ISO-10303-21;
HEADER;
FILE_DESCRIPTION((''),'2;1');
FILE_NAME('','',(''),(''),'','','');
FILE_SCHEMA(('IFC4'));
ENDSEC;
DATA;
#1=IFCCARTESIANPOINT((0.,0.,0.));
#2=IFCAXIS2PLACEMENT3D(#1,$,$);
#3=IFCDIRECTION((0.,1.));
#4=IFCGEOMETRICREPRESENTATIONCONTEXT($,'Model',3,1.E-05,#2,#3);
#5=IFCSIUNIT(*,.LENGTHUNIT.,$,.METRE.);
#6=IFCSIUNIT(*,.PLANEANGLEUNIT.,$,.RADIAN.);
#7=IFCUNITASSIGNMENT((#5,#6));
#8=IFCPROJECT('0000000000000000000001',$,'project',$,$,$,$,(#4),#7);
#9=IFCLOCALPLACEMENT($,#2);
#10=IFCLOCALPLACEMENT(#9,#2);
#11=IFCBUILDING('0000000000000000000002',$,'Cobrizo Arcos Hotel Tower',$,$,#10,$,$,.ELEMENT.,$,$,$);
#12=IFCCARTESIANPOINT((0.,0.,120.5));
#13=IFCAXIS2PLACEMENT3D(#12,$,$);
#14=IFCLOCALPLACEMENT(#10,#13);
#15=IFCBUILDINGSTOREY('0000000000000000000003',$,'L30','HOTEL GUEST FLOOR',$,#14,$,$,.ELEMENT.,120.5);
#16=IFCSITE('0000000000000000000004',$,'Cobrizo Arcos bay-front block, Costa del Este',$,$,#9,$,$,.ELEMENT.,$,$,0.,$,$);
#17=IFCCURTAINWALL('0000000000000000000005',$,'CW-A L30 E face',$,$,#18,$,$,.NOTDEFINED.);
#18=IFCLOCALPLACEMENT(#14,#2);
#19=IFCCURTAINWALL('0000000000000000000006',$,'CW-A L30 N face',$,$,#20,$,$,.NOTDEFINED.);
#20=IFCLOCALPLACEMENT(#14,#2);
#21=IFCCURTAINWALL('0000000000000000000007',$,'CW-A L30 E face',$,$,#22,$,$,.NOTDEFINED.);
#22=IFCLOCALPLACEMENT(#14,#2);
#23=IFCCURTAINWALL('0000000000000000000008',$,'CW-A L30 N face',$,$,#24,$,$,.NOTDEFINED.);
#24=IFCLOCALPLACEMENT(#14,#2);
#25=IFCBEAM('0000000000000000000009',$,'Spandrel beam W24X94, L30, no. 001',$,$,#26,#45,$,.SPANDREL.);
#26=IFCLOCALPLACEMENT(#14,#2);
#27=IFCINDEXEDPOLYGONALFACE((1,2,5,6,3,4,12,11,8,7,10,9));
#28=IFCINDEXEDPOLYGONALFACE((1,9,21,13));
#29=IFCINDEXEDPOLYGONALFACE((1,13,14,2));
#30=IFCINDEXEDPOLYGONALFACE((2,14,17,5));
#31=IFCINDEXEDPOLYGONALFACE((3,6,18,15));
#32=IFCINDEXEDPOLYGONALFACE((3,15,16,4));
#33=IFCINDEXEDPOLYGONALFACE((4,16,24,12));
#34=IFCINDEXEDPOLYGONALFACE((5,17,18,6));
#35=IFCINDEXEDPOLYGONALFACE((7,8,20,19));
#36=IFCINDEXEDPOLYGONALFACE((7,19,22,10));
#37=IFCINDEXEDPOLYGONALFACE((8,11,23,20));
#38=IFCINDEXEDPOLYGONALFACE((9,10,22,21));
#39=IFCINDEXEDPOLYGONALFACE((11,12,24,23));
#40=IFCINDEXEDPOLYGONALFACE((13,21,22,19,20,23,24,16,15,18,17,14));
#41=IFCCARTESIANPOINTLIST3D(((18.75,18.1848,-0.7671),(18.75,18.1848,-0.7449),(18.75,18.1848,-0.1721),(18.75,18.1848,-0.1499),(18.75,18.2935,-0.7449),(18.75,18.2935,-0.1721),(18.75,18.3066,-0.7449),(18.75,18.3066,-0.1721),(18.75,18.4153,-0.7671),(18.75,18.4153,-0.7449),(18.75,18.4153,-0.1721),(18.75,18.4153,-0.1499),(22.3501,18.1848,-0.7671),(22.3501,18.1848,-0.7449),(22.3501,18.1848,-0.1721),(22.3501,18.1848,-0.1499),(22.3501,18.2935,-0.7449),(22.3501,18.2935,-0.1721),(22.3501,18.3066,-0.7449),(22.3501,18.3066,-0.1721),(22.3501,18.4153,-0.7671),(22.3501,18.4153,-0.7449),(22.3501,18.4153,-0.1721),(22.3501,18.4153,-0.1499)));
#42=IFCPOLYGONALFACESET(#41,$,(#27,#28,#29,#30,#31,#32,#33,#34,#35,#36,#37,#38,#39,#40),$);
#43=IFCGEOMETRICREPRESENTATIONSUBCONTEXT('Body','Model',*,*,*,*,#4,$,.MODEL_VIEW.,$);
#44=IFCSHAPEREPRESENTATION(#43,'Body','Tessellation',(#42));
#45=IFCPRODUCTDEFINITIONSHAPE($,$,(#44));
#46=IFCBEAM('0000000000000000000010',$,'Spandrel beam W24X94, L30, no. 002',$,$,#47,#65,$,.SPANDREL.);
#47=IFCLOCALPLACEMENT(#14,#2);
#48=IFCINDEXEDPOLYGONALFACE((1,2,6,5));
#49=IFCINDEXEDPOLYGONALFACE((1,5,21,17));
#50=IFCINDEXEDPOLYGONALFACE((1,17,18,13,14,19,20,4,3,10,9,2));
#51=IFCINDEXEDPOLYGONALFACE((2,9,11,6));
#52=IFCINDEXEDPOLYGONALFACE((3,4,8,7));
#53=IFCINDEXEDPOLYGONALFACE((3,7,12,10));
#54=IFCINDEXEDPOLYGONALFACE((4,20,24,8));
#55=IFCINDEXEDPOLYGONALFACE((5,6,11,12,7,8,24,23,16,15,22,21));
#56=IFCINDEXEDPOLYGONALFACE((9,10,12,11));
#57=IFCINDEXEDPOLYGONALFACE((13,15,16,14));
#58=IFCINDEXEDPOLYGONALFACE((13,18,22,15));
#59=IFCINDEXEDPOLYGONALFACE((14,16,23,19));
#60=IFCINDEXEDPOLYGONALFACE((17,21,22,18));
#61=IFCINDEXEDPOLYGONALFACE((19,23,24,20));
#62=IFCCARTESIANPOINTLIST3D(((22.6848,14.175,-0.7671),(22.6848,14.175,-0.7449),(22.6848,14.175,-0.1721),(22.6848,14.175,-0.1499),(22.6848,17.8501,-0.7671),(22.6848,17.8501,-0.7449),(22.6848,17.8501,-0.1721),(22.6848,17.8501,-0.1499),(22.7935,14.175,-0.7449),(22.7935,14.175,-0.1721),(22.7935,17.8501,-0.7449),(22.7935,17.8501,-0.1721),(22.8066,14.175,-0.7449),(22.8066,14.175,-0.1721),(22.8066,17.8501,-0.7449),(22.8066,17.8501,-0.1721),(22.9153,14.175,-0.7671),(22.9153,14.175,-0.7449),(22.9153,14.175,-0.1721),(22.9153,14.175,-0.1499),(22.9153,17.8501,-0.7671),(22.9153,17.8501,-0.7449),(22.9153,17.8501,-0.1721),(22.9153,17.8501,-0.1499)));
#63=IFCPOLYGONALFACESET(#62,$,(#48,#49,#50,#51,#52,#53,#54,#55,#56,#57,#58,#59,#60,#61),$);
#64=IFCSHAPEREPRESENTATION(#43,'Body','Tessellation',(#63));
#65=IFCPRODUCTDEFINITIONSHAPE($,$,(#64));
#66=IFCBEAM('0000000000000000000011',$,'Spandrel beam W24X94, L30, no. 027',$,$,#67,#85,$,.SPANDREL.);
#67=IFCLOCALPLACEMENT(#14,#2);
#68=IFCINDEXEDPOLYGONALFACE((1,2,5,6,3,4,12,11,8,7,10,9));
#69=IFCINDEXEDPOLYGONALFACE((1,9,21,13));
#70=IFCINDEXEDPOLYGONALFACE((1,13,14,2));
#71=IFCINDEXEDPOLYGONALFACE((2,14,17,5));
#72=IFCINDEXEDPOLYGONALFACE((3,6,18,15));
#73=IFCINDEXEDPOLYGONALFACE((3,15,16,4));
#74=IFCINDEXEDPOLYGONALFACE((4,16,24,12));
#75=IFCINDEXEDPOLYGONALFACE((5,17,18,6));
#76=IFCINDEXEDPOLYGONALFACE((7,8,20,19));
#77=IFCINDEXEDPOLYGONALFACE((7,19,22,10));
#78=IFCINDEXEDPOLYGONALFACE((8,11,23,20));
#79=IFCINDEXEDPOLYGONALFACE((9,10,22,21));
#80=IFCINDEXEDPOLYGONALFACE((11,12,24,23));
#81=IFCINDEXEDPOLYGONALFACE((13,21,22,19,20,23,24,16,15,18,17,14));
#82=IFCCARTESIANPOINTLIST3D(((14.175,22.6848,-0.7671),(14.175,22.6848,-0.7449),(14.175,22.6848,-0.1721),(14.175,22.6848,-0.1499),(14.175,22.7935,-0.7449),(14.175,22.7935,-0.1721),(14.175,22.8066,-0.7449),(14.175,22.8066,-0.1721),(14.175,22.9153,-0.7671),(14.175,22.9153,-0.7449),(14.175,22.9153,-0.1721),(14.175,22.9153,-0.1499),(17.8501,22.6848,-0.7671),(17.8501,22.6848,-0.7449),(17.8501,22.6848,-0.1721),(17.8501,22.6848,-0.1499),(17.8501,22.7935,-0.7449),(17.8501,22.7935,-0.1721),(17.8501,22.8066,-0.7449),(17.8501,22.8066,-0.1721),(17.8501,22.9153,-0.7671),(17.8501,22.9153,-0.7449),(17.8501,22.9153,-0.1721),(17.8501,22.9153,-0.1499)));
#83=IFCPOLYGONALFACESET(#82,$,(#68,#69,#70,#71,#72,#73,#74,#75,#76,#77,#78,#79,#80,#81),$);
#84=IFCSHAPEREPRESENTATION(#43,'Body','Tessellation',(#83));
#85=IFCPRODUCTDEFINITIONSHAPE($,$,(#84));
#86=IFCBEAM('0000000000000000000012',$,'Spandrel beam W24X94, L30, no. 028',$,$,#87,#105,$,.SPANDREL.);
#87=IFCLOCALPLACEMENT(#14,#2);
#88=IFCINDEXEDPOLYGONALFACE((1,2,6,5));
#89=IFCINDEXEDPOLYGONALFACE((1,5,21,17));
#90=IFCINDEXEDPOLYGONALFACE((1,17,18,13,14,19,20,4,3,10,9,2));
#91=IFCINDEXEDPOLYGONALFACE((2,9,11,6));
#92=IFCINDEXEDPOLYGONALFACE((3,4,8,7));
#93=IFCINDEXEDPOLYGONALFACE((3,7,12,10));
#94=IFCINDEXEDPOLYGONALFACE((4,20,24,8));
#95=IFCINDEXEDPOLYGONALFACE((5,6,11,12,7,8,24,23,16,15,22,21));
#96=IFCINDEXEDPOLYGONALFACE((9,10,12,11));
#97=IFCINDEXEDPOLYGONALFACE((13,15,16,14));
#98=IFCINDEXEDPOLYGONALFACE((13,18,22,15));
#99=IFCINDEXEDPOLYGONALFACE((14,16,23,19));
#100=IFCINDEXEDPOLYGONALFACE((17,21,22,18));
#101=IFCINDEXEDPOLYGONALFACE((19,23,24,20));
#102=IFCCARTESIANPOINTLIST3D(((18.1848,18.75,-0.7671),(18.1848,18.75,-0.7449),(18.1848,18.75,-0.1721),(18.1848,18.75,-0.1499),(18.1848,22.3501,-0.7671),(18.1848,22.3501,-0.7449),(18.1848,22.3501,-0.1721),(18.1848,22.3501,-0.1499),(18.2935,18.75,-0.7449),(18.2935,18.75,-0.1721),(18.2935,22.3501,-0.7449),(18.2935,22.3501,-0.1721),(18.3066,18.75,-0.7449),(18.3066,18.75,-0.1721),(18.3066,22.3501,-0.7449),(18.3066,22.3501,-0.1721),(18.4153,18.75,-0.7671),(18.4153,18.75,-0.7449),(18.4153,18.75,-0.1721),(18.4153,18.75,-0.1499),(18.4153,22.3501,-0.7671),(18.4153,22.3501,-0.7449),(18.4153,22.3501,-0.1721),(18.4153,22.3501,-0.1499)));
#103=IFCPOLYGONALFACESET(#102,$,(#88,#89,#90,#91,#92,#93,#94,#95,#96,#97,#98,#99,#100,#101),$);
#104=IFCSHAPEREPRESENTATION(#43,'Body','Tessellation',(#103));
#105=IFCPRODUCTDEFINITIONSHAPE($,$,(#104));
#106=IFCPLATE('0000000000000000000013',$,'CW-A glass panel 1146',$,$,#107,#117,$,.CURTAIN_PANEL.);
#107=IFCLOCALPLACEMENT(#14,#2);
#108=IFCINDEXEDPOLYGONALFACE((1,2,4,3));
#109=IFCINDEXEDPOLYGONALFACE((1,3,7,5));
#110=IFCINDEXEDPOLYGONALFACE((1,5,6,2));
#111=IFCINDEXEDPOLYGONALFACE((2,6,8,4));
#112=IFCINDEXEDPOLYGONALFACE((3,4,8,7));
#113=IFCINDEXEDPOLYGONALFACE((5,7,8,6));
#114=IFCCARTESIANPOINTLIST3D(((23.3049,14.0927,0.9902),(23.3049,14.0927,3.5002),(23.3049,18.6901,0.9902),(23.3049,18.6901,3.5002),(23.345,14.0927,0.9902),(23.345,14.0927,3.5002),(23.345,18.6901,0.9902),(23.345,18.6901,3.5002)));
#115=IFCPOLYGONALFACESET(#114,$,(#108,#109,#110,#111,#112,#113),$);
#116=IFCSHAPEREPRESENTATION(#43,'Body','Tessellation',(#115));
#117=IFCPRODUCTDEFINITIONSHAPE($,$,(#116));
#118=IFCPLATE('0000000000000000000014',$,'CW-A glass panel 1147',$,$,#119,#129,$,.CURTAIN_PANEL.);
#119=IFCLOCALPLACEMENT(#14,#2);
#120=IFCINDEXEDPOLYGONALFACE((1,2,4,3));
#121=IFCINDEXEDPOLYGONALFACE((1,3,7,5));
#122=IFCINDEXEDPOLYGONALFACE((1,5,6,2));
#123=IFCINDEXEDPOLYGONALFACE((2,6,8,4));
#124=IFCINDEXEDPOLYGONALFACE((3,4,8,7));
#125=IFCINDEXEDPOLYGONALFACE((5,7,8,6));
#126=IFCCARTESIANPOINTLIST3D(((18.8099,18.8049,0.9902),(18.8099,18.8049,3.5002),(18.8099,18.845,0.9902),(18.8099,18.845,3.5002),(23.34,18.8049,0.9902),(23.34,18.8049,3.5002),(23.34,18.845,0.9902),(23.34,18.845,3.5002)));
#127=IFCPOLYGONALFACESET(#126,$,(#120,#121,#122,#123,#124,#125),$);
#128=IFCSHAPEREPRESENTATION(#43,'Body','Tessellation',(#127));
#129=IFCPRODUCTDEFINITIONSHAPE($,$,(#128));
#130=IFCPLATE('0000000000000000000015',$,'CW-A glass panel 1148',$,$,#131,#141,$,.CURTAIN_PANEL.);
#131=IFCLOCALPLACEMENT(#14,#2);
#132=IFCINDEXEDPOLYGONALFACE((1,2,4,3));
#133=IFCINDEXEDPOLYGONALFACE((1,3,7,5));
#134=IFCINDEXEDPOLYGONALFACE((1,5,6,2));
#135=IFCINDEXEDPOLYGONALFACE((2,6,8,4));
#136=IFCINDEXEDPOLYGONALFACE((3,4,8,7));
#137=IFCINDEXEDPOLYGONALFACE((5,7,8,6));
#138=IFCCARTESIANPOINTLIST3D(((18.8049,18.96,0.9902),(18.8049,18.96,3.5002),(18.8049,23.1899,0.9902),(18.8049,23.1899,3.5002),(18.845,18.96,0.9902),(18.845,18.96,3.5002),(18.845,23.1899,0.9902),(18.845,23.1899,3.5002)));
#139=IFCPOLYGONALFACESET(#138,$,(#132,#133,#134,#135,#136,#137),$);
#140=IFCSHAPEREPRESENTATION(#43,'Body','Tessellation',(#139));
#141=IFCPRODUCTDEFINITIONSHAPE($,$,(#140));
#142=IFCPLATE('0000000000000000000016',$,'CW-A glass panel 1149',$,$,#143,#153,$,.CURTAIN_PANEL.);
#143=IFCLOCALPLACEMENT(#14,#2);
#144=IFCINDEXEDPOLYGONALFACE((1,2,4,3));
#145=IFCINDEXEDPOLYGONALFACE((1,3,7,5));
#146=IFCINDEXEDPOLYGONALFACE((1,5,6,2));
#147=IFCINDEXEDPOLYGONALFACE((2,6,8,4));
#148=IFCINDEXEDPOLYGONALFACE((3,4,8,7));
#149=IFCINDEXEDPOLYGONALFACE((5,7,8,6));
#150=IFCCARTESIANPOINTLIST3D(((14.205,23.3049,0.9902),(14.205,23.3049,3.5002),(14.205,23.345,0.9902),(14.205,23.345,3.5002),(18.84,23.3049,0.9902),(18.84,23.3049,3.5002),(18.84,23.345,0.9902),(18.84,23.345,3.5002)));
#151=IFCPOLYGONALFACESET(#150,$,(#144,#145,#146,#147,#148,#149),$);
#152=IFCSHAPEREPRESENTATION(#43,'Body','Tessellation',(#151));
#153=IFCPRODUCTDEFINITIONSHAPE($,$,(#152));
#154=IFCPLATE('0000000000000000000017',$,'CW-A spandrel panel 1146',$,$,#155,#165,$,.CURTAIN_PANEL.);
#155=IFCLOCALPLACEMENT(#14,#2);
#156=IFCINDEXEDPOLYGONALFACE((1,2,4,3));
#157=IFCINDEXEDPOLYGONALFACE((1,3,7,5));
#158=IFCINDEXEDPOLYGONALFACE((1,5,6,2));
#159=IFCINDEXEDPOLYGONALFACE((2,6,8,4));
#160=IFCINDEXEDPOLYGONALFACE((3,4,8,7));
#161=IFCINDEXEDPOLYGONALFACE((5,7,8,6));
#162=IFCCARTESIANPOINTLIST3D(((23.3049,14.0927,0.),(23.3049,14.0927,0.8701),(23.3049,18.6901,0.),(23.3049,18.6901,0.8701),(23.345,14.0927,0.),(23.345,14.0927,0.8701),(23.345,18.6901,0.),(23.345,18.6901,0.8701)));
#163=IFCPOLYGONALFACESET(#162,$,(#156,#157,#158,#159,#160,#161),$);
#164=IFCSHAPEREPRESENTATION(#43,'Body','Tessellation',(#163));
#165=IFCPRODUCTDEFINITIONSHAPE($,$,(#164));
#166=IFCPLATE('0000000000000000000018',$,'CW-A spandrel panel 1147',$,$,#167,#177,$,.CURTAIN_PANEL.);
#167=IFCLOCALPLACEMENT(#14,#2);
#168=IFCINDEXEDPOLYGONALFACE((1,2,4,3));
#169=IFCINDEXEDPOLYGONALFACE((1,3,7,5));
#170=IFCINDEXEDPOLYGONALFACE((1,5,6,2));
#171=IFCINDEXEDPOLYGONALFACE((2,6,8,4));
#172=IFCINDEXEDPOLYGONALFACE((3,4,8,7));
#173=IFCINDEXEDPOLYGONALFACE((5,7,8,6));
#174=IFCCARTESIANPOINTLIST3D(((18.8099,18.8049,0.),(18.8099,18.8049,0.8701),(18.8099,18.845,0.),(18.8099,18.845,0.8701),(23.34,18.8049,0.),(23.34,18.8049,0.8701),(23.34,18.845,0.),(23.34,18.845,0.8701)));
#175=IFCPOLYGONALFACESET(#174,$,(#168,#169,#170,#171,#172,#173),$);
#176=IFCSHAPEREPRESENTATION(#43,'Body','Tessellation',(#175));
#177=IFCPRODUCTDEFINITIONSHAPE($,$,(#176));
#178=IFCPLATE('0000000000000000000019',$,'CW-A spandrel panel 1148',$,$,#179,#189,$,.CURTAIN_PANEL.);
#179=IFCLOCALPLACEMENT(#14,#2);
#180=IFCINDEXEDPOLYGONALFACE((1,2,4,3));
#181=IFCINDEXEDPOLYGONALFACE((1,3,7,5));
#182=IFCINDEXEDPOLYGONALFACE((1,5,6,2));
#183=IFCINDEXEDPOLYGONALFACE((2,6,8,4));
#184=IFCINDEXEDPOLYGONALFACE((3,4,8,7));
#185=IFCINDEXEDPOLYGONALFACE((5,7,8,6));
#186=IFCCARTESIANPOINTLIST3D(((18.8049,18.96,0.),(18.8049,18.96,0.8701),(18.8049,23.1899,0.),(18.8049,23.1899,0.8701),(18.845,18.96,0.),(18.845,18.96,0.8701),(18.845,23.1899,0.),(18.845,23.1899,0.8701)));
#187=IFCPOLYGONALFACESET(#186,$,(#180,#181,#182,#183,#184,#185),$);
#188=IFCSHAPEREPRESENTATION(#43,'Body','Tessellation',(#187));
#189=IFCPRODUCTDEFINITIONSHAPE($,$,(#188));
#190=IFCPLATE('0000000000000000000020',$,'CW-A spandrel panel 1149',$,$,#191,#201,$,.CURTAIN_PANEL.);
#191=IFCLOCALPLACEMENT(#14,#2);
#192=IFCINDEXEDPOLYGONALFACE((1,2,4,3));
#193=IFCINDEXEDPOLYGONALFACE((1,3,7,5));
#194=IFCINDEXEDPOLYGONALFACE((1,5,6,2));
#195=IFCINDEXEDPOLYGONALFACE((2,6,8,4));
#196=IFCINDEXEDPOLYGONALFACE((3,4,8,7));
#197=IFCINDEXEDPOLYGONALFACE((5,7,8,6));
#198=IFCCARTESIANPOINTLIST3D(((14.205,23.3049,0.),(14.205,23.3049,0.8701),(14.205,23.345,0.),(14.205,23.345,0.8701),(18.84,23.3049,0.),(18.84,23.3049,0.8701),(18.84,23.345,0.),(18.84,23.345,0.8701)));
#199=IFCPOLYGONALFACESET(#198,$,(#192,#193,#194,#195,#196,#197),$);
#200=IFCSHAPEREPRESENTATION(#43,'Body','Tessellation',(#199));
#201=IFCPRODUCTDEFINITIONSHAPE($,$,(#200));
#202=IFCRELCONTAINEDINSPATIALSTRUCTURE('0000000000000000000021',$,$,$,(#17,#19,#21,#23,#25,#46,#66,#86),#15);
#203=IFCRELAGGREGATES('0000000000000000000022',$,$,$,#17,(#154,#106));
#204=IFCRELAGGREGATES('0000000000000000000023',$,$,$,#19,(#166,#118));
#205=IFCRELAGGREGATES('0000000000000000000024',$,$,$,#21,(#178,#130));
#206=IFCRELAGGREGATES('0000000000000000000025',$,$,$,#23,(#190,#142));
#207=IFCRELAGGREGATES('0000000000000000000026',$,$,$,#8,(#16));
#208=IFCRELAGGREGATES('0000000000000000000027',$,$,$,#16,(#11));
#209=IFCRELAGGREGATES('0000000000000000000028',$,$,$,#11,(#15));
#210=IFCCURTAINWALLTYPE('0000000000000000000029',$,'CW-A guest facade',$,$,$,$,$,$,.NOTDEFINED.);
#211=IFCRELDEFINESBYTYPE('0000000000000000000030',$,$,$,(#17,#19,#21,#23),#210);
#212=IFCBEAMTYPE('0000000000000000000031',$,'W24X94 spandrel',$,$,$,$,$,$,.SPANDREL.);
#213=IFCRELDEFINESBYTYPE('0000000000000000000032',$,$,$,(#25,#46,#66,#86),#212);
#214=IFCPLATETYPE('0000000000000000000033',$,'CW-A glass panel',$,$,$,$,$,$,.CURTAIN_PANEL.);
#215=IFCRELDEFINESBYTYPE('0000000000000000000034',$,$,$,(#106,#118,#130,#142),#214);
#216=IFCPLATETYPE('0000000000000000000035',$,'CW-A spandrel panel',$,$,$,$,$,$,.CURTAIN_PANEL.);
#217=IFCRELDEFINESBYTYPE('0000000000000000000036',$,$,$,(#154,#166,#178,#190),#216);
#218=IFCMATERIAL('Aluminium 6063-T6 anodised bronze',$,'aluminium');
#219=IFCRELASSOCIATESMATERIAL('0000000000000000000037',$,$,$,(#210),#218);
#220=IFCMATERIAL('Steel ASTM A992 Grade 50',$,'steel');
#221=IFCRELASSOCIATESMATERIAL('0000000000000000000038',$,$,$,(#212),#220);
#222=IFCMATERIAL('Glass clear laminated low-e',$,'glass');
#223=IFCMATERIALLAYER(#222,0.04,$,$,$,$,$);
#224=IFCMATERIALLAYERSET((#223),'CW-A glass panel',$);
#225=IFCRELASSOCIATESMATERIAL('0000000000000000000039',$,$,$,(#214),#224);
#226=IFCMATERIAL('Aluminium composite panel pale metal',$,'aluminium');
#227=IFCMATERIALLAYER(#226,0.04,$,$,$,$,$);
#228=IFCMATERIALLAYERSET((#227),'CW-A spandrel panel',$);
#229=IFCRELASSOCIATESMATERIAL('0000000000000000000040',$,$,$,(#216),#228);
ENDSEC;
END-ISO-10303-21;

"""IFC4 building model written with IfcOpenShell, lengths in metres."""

from ifc_helpers import new_model, si_unit, direction, frame, origin, origin_2d, place, context, subcontext, project, spatial, rectangle, i_section, extrude, material, layer, layer_set, material_profile, profile_set, type_object, element, aggregate, save


model = new_model("IFC4")

# Units and contexts
model_context = context("Model", 3, precision=1e-05, world=origin(), true_north=direction((0.0, 1.0)))
body_context = subcontext(model_context, "Body", "Model", "MODEL_VIEW")
ifc_project = project(units=[si_unit("LENGTHUNIT", "METRE"), si_unit("PLANEANGLEUNIT", "RADIAN")], contexts=[model_context])

# Site, building, storey
site_placement = place(None, origin())
site = spatial("IfcSite", under=ifc_project, at=site_placement, Name="Cobrizo Arcos bay-front block, Costa del Este", CompositionType="ELEMENT", RefElevation=0.0)
building_placement = place(site_placement, origin())
building = spatial("IfcBuilding", under=site, at=building_placement, Name="Cobrizo Arcos Hotel Tower", CompositionType="ELEMENT")
storey_placement = place(building_placement, frame((0.0, 0.0, 120.5)))
storey = spatial("IfcBuildingStorey", under=building, at=storey_placement, Name="L30", Description="HOTEL GUEST FLOOR", CompositionType="ELEMENT", Elevation=120.5)

# Curtain wall
ifc_material_1 = material(Name="Aluminium 6063-T6 anodised bronze", Category="aluminium")
curtain_wall_type = type_object("IfcCurtainWallType", Name="CW-A guest facade", PredefinedType="NOTDEFINED", material=ifc_material_1)
curtain_wall_1_placement = place(storey_placement, origin())
curtain_wall_1 = element("IfcCurtainWall", 1, at=curtain_wall_1_placement, inside=storey, type_object=curtain_wall_type, Name="CW-A L30 E face", PredefinedType="NOTDEFINED")

# Curtain walls
curtain_wall_2_placement = place(storey_placement, origin())
curtain_wall_2 = element("IfcCurtainWall", 2, at=curtain_wall_2_placement, inside=storey, type_object=curtain_wall_type, Name="CW-A L30 N face", PredefinedType="NOTDEFINED")
curtain_wall_3_placement = place(storey_placement, origin())
curtain_wall_3 = element("IfcCurtainWall", 3, at=curtain_wall_3_placement, inside=storey, type_object=curtain_wall_type, Name="CW-A L30 E face", PredefinedType="NOTDEFINED")
curtain_wall_4_placement = place(storey_placement, origin())
curtain_wall_4 = element("IfcCurtainWall", 4, at=curtain_wall_4_placement, inside=storey, type_object=curtain_wall_type, Name="CW-A L30 N face", PredefinedType="NOTDEFINED")

# Beams
ifc_material_2 = material(Name="Steel ASTM A992 Grade 50", Category="steel")
ifc_material_profile_1 = material_profile(ifc_material_2, i_section(OverallWidth=0.2305, OverallDepth=0.6172, WebThickness=0.0132, FlangeThickness=0.0222, at=origin_2d()), Name="W24X94")
ifc_profile_set_1 = profile_set([ifc_material_profile_1], Name="Steel ASTM A992 Grade 50")
beam_type = type_object("IfcBeamType", Name="W24X94 spandrel", PredefinedType="SPANDREL", material=ifc_profile_set_1)
beam_1_placement = place(storey_placement, frame((18.75, 18.3, -0.4585), z_axis=(1.0, 0.0, 0.0), x_axis=(0.0, 1.0, 0.0)))
element("IfcBeam", 5, at=beam_1_placement, inside=storey, type_object=beam_type, Name="Spandrel beam W24X94, L30, no. 001", PredefinedType="SPANDREL", context=body_context, shape_type="SweptSolid", body=[
    extrude(i_section(OverallWidth=0.2305, OverallDepth=0.6172, WebThickness=0.0132, FlangeThickness=0.0222, at=origin_2d()), origin(), (0.0, 0.0, 1.0), 3.6001),
])
for number, where, z_axis, x_axis, name in (
    (6, (22.8, 17.8501, -0.4585), (0.0, -1.0, 0.0), (1.0, 0.0, 0.0), "Spandrel beam W24X94, L30, no. 002"),
    (7, (14.175, 22.8, -0.4585), (1.0, 0.0, 0.0), (0.0, 1.0, 0.0), "Spandrel beam W24X94, L30, no. 027"),
):
    element("IfcBeam", number, at=place(storey_placement, frame(where, z_axis=z_axis, x_axis=x_axis)), inside=storey, type_object=beam_type, Name=name, PredefinedType="SPANDREL", context=body_context, shape_type="SweptSolid", body=[
        extrude(i_section(OverallWidth=0.2305, OverallDepth=0.6172, WebThickness=0.0132, FlangeThickness=0.0222, at=origin_2d()), origin(), (0.0, 0.0, 1.0), 3.675),
    ])
beam_2_placement = place(storey_placement, frame((18.3, 22.3501, -0.4585), z_axis=(0.0, -1.0, 0.0), x_axis=(1.0, 0.0, 0.0)))
element("IfcBeam", 8, at=beam_2_placement, inside=storey, type_object=beam_type, Name="Spandrel beam W24X94, L30, no. 028", PredefinedType="SPANDREL", context=body_context, shape_type="SweptSolid", body=[
    extrude(i_section(OverallWidth=0.2305, OverallDepth=0.6172, WebThickness=0.0132, FlangeThickness=0.0222, at=origin_2d()), origin(), (0.0, 0.0, 1.0), 3.6001),
])

# Plates
ifc_material_3 = material(Name="Glass clear laminated low-e", Category="glass")
ifc_layer_1 = layer(ifc_material_3, 0.04)
ifc_layer_set_1 = layer_set([ifc_layer_1], Name="CW-A glass panel")
plate_type_1 = type_object("IfcPlateType", Name="CW-A glass panel", PredefinedType="CURTAIN_PANEL", material=ifc_layer_set_1)
plate_1_placement = place(storey_placement, frame((23.325, 16.3914, 0.9902), z_axis=(0.0, 0.0, 1.0), x_axis=(0.0, 1.0, 0.0)))
plate_1 = element("IfcPlate", 9, at=plate_1_placement, type_object=plate_type_1, Name="CW-A glass panel 1146", PredefinedType="CURTAIN_PANEL", context=body_context, shape_type="SweptSolid", body=[
    extrude(rectangle(XDim=4.5974, YDim=0.04, at=origin_2d()), origin(), (0.0, 0.0, 1.0), 2.51),
])
plate_2_placement = place(storey_placement, frame((21.075, 18.825, 0.9902), z_axis=(0.0, 0.0, 1.0), x_axis=(-1.0, 0.0, 0.0)))
plate_2 = element("IfcPlate", 10, at=plate_2_placement, type_object=plate_type_1, Name="CW-A glass panel 1147", PredefinedType="CURTAIN_PANEL", context=body_context, shape_type="SweptSolid", body=[
    extrude(rectangle(XDim=4.53, YDim=0.04, at=origin_2d()), origin(), (0.0, 0.0, 1.0), 2.51),
])
plate_3_placement = place(storey_placement, frame((18.825, 21.075, 0.9902), z_axis=(0.0, 0.0, 1.0), x_axis=(0.0, 1.0, 0.0)))
plate_3 = element("IfcPlate", 11, at=plate_3_placement, type_object=plate_type_1, Name="CW-A glass panel 1148", PredefinedType="CURTAIN_PANEL", context=body_context, shape_type="SweptSolid", body=[
    extrude(rectangle(XDim=4.23, YDim=0.04, at=origin_2d()), origin(), (0.0, 0.0, 1.0), 2.51),
])
plate_4_placement = place(storey_placement, frame((16.5225, 23.325, 0.9902), z_axis=(0.0, 0.0, 1.0), x_axis=(-1.0, 0.0, 0.0)))
plate_4 = element("IfcPlate", 12, at=plate_4_placement, type_object=plate_type_1, Name="CW-A glass panel 1149", PredefinedType="CURTAIN_PANEL", context=body_context, shape_type="SweptSolid", body=[
    extrude(rectangle(XDim=4.635, YDim=0.04, at=origin_2d()), origin(), (0.0, 0.0, 1.0), 2.51),
])
ifc_material_4 = material(Name="Aluminium composite panel pale metal", Category="aluminium")
ifc_layer_2 = layer(ifc_material_4, 0.04)
ifc_layer_set_2 = layer_set([ifc_layer_2], Name="CW-A spandrel panel")
plate_type_2 = type_object("IfcPlateType", Name="CW-A spandrel panel", PredefinedType="CURTAIN_PANEL", material=ifc_layer_set_2)
plate_5_placement = place(storey_placement, frame((23.325, 16.3914, 0.0), z_axis=(0.0, 0.0, 1.0), x_axis=(0.0, 1.0, 0.0)))
plate_5 = element("IfcPlate", 13, at=plate_5_placement, type_object=plate_type_2, Name="CW-A spandrel panel 1146", PredefinedType="CURTAIN_PANEL", context=body_context, shape_type="SweptSolid", body=[
    extrude(rectangle(XDim=4.5974, YDim=0.04, at=origin_2d()), origin(), (0.0, 0.0, 1.0), 0.8701),
])
aggregate(curtain_wall_1, [plate_5, plate_1])
plate_6_placement = place(storey_placement, frame((21.075, 18.825, 0.0), z_axis=(0.0, 0.0, 1.0), x_axis=(-1.0, 0.0, 0.0)))
plate_6 = element("IfcPlate", 14, at=plate_6_placement, type_object=plate_type_2, Name="CW-A spandrel panel 1147", PredefinedType="CURTAIN_PANEL", context=body_context, shape_type="SweptSolid", body=[
    extrude(rectangle(XDim=4.53, YDim=0.04, at=origin_2d()), origin(), (0.0, 0.0, 1.0), 0.8701),
])
aggregate(curtain_wall_2, [plate_6, plate_2])
plate_7_placement = place(storey_placement, frame((18.825, 21.075, 0.0), z_axis=(0.0, 0.0, 1.0), x_axis=(0.0, 1.0, 0.0)))
plate_7 = element("IfcPlate", 15, at=plate_7_placement, type_object=plate_type_2, Name="CW-A spandrel panel 1148", PredefinedType="CURTAIN_PANEL", context=body_context, shape_type="SweptSolid", body=[
    extrude(rectangle(XDim=4.23, YDim=0.04, at=origin_2d()), origin(), (0.0, 0.0, 1.0), 0.8701),
])
aggregate(curtain_wall_3, [plate_7, plate_3])
plate_8_placement = place(storey_placement, frame((16.5225, 23.325, 0.0), z_axis=(0.0, 0.0, 1.0), x_axis=(-1.0, 0.0, 0.0)))
plate_8 = element("IfcPlate", 16, at=plate_8_placement, type_object=plate_type_2, Name="CW-A spandrel panel 1149", PredefinedType="CURTAIN_PANEL", context=body_context, shape_type="SweptSolid", body=[
    extrude(rectangle(XDim=4.635, YDim=0.04, at=origin_2d()), origin(), (0.0, 0.0, 1.0), 0.8701),
])
aggregate(curtain_wall_4, [plate_8, plate_4])

save(model, "model.ifc")
